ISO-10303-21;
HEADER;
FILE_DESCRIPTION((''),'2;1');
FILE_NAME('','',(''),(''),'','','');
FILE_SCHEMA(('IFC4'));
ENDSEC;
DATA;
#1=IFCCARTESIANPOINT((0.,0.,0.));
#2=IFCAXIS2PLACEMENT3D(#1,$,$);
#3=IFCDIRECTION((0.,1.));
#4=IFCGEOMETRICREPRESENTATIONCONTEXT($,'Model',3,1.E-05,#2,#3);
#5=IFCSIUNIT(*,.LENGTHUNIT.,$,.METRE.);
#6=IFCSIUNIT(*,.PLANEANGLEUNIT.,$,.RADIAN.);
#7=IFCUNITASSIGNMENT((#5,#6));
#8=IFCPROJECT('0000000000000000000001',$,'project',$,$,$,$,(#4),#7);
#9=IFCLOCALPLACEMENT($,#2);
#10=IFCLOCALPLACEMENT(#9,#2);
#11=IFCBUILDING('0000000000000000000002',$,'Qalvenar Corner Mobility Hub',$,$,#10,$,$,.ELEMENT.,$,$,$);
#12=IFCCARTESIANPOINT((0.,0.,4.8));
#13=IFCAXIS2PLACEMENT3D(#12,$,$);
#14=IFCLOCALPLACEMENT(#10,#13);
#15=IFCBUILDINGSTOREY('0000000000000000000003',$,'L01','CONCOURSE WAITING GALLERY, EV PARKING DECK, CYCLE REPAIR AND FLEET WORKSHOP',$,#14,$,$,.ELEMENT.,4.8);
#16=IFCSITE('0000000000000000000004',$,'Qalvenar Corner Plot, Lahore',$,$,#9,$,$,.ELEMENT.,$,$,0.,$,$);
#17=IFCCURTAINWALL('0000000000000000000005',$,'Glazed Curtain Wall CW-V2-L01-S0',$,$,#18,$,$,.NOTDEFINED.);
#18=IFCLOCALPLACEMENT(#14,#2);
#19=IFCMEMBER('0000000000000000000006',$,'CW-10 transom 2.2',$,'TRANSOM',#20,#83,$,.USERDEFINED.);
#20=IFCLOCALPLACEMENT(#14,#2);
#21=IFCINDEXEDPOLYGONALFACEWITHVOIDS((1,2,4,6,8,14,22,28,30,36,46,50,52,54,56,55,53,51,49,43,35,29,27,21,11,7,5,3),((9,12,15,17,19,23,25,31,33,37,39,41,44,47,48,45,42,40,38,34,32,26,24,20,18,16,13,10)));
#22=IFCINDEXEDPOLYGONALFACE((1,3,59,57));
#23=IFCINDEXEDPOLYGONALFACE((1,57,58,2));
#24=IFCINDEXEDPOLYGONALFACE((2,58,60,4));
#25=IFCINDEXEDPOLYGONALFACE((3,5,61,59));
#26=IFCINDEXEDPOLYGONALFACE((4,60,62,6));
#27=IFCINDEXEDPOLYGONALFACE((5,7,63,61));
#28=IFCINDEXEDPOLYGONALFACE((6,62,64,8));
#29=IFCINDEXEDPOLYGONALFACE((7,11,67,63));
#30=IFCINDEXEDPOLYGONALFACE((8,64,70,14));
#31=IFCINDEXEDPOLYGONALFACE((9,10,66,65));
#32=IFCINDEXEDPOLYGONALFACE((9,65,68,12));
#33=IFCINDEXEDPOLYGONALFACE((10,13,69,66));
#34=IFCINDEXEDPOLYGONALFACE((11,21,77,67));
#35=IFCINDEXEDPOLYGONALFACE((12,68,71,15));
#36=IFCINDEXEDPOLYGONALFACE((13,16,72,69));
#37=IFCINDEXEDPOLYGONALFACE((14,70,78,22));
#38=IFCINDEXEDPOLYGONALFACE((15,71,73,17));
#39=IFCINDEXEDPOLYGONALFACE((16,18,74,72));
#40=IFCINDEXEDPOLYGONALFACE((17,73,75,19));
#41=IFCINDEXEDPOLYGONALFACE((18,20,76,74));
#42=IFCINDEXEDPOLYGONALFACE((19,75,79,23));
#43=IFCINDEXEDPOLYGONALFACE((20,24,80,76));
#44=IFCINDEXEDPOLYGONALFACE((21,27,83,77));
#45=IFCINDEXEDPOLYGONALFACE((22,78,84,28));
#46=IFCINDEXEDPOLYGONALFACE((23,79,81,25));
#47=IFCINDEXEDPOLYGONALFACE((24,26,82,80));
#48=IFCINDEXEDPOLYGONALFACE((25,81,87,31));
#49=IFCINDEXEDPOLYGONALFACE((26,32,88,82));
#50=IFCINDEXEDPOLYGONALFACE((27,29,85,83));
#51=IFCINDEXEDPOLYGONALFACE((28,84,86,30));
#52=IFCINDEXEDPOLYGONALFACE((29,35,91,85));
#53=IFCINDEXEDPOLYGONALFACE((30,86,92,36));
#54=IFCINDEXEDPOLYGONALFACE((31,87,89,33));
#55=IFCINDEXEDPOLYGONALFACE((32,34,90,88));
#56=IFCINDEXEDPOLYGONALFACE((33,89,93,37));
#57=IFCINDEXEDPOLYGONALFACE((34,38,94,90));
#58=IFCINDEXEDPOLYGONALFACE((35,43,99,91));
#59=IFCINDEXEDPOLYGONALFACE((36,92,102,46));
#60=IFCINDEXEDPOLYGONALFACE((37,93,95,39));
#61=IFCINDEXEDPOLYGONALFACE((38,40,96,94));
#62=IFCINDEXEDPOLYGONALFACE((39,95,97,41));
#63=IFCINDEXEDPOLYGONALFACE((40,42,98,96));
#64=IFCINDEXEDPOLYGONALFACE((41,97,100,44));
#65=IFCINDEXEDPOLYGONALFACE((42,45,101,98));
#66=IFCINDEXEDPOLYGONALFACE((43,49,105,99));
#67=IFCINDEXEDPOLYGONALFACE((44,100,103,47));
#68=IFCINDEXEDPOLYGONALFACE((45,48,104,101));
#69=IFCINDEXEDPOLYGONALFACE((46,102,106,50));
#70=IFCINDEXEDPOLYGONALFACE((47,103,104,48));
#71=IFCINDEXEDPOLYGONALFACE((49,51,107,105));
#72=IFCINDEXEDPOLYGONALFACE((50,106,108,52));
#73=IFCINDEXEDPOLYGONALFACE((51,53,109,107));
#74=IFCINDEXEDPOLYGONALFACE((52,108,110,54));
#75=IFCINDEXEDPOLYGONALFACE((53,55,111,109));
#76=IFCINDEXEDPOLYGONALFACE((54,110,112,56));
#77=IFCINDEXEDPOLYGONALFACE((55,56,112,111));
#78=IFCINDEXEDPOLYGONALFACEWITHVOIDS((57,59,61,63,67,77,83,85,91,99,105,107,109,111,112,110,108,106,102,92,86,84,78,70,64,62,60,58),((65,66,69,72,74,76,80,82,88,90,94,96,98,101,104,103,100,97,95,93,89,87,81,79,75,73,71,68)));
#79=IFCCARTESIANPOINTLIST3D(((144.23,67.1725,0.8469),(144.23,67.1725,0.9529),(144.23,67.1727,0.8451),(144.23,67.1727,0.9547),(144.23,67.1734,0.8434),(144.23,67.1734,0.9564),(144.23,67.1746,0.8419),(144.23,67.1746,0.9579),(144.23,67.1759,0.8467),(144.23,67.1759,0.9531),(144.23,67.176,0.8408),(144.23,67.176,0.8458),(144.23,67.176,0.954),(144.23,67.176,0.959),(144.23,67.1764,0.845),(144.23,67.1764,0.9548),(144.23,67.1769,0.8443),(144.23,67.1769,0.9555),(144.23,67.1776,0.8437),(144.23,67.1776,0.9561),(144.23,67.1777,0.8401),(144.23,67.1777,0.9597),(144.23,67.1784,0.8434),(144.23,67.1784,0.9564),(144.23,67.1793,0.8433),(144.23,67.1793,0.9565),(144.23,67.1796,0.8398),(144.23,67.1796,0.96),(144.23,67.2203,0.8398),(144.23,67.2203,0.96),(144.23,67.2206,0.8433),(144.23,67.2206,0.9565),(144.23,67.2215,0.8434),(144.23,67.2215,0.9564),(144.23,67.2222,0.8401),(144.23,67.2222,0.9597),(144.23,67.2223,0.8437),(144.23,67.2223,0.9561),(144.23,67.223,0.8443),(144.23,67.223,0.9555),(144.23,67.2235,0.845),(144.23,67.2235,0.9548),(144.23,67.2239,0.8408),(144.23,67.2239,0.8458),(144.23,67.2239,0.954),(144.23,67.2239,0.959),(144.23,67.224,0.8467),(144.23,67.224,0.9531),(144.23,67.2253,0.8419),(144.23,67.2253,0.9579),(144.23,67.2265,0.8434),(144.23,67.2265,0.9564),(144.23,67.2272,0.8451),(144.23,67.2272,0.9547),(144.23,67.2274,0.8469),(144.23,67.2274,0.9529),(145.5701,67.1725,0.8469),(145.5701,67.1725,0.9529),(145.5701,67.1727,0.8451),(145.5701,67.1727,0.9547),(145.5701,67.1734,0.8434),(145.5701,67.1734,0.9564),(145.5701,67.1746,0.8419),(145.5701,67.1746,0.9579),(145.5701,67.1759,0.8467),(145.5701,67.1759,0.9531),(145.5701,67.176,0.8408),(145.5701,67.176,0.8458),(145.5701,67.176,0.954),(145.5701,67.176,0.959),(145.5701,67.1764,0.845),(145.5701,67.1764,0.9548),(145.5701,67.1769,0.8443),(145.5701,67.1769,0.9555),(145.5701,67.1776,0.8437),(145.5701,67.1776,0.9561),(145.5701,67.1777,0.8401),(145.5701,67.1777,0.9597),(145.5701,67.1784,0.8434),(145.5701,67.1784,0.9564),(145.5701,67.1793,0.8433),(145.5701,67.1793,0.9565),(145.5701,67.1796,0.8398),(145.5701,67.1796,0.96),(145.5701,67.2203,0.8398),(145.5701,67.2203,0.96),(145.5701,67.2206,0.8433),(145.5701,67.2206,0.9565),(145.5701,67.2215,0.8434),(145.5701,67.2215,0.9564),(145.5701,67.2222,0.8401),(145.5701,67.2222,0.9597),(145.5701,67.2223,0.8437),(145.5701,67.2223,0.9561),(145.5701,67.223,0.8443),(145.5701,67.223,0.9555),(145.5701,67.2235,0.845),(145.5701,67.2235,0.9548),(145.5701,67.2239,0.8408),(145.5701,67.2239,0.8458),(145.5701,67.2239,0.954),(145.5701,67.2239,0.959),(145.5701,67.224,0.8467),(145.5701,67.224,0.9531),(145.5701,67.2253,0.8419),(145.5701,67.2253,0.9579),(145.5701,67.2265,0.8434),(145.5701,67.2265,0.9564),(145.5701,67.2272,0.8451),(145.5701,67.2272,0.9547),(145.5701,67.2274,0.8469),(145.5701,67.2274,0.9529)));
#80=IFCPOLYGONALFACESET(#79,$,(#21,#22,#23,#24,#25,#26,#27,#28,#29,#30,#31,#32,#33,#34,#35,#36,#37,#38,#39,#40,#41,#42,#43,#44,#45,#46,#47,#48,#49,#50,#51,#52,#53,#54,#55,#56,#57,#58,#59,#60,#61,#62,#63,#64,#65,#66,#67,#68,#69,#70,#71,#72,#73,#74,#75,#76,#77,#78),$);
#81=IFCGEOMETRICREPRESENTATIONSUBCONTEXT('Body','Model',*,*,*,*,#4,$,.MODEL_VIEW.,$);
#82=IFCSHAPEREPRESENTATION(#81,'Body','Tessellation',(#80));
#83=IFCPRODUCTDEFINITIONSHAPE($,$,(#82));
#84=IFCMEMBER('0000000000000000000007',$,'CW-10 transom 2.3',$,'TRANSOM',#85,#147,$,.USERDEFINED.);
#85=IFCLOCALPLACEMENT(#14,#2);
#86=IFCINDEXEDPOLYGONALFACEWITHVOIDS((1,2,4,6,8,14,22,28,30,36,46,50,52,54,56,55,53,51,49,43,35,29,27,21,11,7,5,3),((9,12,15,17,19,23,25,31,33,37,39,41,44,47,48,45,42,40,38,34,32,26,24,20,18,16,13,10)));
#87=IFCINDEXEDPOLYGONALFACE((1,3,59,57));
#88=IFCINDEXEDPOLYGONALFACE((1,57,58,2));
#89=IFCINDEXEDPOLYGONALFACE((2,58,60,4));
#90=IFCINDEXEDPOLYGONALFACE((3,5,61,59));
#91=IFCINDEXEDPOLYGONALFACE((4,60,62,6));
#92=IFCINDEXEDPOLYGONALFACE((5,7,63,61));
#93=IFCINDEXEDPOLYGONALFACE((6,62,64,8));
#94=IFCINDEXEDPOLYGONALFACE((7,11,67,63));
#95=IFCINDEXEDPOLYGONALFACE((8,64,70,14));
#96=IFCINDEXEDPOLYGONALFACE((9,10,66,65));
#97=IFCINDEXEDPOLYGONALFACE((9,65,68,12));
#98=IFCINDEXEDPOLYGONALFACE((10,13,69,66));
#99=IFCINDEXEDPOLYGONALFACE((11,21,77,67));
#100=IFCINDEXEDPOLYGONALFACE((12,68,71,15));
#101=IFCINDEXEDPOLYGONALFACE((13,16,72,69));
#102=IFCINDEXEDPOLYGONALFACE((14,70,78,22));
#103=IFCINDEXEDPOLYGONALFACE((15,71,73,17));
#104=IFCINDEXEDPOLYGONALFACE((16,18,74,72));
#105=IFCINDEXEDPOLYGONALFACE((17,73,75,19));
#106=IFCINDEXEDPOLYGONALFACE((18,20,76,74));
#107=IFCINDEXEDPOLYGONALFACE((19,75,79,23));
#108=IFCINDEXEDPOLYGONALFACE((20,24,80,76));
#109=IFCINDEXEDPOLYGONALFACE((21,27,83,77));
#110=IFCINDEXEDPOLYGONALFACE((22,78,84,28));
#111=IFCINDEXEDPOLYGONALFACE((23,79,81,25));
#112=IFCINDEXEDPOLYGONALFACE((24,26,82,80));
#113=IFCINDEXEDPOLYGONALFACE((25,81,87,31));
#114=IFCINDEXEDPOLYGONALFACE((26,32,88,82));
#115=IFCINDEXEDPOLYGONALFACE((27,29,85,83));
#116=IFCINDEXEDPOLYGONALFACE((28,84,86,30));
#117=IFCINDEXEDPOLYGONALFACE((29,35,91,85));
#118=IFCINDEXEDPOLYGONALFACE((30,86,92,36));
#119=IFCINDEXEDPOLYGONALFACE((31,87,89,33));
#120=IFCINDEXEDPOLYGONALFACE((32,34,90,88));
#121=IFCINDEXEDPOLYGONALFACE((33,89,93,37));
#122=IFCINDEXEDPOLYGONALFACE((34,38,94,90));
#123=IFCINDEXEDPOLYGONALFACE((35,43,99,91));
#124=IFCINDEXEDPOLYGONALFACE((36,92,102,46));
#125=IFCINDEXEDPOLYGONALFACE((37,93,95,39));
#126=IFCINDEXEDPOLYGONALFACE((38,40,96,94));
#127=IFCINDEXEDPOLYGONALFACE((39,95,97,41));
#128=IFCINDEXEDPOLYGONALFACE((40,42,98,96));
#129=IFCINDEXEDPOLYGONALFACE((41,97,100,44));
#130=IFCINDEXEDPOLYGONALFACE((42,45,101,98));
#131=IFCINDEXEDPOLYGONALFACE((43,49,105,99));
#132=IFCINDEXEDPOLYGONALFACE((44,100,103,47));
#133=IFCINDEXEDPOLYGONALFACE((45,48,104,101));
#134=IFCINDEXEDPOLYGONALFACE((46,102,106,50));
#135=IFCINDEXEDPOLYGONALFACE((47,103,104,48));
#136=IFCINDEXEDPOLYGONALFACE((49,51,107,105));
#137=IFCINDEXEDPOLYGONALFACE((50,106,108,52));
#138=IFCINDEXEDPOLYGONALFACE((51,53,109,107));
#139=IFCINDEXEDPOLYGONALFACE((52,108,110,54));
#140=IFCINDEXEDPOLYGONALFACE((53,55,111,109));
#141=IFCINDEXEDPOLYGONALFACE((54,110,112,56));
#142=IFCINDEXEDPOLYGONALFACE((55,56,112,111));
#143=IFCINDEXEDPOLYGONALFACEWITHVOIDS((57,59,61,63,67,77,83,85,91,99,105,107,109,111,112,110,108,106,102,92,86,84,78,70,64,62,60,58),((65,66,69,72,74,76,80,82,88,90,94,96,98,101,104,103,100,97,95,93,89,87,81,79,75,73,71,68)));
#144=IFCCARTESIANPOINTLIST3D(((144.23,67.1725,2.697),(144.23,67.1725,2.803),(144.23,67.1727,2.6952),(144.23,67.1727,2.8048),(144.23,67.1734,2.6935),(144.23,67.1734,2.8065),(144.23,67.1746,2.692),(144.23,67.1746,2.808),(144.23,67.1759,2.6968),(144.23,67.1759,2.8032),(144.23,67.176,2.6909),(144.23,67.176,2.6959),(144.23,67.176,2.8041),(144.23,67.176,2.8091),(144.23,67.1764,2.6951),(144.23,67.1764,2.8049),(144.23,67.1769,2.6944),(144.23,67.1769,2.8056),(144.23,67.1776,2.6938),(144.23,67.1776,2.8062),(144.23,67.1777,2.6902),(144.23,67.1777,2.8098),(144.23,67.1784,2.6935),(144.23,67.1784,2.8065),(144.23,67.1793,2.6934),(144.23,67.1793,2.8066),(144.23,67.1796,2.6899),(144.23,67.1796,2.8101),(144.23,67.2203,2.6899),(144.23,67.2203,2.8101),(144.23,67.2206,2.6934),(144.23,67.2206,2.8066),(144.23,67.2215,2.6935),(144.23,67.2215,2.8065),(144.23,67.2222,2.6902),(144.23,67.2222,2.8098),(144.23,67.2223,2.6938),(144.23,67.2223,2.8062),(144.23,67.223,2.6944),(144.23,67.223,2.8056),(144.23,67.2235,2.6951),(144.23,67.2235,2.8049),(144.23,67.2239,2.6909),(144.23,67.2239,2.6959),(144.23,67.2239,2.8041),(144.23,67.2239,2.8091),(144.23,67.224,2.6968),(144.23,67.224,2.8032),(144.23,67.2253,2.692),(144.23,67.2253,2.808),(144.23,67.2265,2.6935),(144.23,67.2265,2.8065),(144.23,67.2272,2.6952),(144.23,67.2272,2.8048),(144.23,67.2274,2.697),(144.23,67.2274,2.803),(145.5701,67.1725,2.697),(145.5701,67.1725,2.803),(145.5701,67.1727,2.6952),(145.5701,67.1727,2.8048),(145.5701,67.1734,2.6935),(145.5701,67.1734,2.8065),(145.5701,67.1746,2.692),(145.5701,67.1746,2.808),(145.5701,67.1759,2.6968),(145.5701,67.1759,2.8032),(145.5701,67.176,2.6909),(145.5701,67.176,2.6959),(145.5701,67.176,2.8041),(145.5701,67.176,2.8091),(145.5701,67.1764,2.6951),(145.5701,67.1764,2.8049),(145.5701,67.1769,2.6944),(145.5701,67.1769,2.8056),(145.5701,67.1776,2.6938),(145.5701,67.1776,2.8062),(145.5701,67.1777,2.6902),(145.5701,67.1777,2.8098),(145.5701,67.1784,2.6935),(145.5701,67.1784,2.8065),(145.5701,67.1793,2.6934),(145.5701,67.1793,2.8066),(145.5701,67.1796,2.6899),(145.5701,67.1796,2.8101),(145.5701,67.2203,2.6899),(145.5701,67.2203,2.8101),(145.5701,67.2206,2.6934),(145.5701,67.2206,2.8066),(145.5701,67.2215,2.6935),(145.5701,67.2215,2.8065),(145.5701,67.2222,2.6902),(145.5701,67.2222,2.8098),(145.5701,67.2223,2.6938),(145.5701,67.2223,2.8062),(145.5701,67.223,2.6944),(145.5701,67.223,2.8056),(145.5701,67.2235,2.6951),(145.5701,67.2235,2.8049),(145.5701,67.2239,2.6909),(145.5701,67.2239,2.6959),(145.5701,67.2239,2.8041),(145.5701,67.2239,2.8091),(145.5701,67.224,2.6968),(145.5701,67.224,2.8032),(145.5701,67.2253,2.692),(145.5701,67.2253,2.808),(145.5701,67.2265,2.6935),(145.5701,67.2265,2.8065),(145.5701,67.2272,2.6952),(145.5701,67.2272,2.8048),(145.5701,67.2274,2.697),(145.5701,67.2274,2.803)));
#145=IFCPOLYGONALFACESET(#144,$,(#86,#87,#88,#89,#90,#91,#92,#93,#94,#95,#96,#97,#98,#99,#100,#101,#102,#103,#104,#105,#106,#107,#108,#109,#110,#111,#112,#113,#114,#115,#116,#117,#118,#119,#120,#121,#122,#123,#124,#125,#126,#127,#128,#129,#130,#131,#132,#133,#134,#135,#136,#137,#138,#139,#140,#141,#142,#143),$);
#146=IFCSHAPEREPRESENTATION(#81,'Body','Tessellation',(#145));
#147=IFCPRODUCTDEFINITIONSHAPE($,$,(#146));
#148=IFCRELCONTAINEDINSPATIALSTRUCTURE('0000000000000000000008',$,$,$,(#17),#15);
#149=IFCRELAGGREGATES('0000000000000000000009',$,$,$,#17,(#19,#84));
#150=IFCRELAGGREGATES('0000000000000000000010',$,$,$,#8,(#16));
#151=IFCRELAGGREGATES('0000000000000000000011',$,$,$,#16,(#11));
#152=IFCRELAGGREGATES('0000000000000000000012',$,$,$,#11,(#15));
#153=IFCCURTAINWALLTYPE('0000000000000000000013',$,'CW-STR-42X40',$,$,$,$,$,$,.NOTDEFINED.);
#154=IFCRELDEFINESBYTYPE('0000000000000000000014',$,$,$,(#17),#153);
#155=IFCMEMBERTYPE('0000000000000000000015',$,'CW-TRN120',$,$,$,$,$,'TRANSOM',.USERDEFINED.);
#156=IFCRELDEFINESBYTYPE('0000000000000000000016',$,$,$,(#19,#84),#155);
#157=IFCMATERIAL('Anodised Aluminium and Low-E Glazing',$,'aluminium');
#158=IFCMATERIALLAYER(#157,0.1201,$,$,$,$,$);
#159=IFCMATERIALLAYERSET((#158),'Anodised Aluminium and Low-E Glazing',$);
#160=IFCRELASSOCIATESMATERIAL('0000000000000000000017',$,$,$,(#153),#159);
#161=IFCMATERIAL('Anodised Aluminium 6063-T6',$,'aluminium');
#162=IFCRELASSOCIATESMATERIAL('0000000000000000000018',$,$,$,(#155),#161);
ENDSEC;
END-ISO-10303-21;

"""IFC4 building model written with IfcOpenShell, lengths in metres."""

from ifc_helpers import new_model, si_unit, direction, frame, origin, origin_2d, place, context, subcontext, project, spatial, hollow_rectangle, extrude, material, layer, layer_set, material_profile, profile_set, type_object, element, aggregate, save


model = new_model("IFC4")

# Units and contexts
model_context = context("Model", 3, precision=1e-05, world=origin(), true_north=direction((0.0, 1.0)))
body_context = subcontext(model_context, "Body", "Model", "MODEL_VIEW")
ifc_project = project(units=[si_unit("LENGTHUNIT", "METRE"), si_unit("PLANEANGLEUNIT", "RADIAN")], contexts=[model_context])

# Site, building, storey
site_placement = place(None, origin())
site = spatial("IfcSite", under=ifc_project, at=site_placement, Name="Qalvenar Corner Plot, Lahore", CompositionType="ELEMENT", RefElevation=0.0)
building_placement = place(site_placement, origin())
building = spatial("IfcBuilding", under=site, at=building_placement, Name="Qalvenar Corner Mobility Hub", CompositionType="ELEMENT")
storey_placement = place(building_placement, frame((0.0, 0.0, 4.8)))
storey = spatial("IfcBuildingStorey", under=building, at=storey_placement, Name="L01", Description="CONCOURSE WAITING GALLERY, EV PARKING DECK, CYCLE REPAIR AND FLEET WORKSHOP", CompositionType="ELEMENT", Elevation=4.8)

# Curtain wall, members
ifc_material_1 = material(Name="Anodised Aluminium and Low-E Glazing", Category="aluminium")
ifc_layer_1 = layer(ifc_material_1, 0.1201)
ifc_layer_set_1 = layer_set([ifc_layer_1], Name="Anodised Aluminium and Low-E Glazing")
curtain_wall_type = type_object("IfcCurtainWallType", Name="CW-STR-42X40", PredefinedType="NOTDEFINED", material=ifc_layer_set_1)
curtain_wall_placement = place(storey_placement, origin())
curtain_wall = element("IfcCurtainWall", 1, at=curtain_wall_placement, inside=storey, type_object=curtain_wall_type, Name="Glazed Curtain Wall CW-V2-L01-S0", PredefinedType="NOTDEFINED")
ifc_material_2 = material(Name="Anodised Aluminium 6063-T6", Category="aluminium")
ifc_material_profile_1 = material_profile(ifc_material_2, hollow_rectangle(XDim=0.0549, YDim=0.1201, WallThickness=0.0034, InnerFilletRadius=0.0034, OuterFilletRadius=0.0071, at=origin_2d()), Name="RHS120x55x3.5")
ifc_profile_set_1 = profile_set([ifc_material_profile_1], Name="Anodised Aluminium 6063-T6")
member_type_1 = type_object("IfcMemberType", Name="CW-TRN120", ElementType="TRANSOM", PredefinedType="USERDEFINED", material=ifc_profile_set_1)
member_1_placement = place(storey_placement, frame((144.23, 67.2, 0.8999), z_axis=(1.0, 0.0, 0.0), x_axis=(0.0, 1.0, 0.0)))
member_1 = element("IfcMember", 2, at=member_1_placement, type_object=member_type_1, Name="CW-10 transom 2.2", ObjectType="TRANSOM", PredefinedType="USERDEFINED", context=body_context, shape_type="SweptSolid", body=[
    extrude(hollow_rectangle(XDim=0.0549, YDim=0.1201, WallThickness=0.0034, InnerFilletRadius=0.0034, OuterFilletRadius=0.0071, at=origin_2d()), origin(), (0.0, 0.0, 1.0), 1.3401),
])
member_2_placement = place(storey_placement, frame((144.23, 67.2, 2.75), z_axis=(1.0, 0.0, 0.0), x_axis=(0.0, 1.0, 0.0)))
member_2 = element("IfcMember", 3, at=member_2_placement, type_object=member_type_1, Name="CW-10 transom 2.3", ObjectType="TRANSOM", PredefinedType="USERDEFINED", context=body_context, shape_type="SweptSolid", body=[
    extrude(hollow_rectangle(XDim=0.0549, YDim=0.1201, WallThickness=0.0034, InnerFilletRadius=0.0034, OuterFilletRadius=0.0071, at=origin_2d()), origin(), (0.0, 0.0, 1.0), 1.3401),
])
aggregate(curtain_wall, [member_1, member_2])

save(model, "model.ifc")
